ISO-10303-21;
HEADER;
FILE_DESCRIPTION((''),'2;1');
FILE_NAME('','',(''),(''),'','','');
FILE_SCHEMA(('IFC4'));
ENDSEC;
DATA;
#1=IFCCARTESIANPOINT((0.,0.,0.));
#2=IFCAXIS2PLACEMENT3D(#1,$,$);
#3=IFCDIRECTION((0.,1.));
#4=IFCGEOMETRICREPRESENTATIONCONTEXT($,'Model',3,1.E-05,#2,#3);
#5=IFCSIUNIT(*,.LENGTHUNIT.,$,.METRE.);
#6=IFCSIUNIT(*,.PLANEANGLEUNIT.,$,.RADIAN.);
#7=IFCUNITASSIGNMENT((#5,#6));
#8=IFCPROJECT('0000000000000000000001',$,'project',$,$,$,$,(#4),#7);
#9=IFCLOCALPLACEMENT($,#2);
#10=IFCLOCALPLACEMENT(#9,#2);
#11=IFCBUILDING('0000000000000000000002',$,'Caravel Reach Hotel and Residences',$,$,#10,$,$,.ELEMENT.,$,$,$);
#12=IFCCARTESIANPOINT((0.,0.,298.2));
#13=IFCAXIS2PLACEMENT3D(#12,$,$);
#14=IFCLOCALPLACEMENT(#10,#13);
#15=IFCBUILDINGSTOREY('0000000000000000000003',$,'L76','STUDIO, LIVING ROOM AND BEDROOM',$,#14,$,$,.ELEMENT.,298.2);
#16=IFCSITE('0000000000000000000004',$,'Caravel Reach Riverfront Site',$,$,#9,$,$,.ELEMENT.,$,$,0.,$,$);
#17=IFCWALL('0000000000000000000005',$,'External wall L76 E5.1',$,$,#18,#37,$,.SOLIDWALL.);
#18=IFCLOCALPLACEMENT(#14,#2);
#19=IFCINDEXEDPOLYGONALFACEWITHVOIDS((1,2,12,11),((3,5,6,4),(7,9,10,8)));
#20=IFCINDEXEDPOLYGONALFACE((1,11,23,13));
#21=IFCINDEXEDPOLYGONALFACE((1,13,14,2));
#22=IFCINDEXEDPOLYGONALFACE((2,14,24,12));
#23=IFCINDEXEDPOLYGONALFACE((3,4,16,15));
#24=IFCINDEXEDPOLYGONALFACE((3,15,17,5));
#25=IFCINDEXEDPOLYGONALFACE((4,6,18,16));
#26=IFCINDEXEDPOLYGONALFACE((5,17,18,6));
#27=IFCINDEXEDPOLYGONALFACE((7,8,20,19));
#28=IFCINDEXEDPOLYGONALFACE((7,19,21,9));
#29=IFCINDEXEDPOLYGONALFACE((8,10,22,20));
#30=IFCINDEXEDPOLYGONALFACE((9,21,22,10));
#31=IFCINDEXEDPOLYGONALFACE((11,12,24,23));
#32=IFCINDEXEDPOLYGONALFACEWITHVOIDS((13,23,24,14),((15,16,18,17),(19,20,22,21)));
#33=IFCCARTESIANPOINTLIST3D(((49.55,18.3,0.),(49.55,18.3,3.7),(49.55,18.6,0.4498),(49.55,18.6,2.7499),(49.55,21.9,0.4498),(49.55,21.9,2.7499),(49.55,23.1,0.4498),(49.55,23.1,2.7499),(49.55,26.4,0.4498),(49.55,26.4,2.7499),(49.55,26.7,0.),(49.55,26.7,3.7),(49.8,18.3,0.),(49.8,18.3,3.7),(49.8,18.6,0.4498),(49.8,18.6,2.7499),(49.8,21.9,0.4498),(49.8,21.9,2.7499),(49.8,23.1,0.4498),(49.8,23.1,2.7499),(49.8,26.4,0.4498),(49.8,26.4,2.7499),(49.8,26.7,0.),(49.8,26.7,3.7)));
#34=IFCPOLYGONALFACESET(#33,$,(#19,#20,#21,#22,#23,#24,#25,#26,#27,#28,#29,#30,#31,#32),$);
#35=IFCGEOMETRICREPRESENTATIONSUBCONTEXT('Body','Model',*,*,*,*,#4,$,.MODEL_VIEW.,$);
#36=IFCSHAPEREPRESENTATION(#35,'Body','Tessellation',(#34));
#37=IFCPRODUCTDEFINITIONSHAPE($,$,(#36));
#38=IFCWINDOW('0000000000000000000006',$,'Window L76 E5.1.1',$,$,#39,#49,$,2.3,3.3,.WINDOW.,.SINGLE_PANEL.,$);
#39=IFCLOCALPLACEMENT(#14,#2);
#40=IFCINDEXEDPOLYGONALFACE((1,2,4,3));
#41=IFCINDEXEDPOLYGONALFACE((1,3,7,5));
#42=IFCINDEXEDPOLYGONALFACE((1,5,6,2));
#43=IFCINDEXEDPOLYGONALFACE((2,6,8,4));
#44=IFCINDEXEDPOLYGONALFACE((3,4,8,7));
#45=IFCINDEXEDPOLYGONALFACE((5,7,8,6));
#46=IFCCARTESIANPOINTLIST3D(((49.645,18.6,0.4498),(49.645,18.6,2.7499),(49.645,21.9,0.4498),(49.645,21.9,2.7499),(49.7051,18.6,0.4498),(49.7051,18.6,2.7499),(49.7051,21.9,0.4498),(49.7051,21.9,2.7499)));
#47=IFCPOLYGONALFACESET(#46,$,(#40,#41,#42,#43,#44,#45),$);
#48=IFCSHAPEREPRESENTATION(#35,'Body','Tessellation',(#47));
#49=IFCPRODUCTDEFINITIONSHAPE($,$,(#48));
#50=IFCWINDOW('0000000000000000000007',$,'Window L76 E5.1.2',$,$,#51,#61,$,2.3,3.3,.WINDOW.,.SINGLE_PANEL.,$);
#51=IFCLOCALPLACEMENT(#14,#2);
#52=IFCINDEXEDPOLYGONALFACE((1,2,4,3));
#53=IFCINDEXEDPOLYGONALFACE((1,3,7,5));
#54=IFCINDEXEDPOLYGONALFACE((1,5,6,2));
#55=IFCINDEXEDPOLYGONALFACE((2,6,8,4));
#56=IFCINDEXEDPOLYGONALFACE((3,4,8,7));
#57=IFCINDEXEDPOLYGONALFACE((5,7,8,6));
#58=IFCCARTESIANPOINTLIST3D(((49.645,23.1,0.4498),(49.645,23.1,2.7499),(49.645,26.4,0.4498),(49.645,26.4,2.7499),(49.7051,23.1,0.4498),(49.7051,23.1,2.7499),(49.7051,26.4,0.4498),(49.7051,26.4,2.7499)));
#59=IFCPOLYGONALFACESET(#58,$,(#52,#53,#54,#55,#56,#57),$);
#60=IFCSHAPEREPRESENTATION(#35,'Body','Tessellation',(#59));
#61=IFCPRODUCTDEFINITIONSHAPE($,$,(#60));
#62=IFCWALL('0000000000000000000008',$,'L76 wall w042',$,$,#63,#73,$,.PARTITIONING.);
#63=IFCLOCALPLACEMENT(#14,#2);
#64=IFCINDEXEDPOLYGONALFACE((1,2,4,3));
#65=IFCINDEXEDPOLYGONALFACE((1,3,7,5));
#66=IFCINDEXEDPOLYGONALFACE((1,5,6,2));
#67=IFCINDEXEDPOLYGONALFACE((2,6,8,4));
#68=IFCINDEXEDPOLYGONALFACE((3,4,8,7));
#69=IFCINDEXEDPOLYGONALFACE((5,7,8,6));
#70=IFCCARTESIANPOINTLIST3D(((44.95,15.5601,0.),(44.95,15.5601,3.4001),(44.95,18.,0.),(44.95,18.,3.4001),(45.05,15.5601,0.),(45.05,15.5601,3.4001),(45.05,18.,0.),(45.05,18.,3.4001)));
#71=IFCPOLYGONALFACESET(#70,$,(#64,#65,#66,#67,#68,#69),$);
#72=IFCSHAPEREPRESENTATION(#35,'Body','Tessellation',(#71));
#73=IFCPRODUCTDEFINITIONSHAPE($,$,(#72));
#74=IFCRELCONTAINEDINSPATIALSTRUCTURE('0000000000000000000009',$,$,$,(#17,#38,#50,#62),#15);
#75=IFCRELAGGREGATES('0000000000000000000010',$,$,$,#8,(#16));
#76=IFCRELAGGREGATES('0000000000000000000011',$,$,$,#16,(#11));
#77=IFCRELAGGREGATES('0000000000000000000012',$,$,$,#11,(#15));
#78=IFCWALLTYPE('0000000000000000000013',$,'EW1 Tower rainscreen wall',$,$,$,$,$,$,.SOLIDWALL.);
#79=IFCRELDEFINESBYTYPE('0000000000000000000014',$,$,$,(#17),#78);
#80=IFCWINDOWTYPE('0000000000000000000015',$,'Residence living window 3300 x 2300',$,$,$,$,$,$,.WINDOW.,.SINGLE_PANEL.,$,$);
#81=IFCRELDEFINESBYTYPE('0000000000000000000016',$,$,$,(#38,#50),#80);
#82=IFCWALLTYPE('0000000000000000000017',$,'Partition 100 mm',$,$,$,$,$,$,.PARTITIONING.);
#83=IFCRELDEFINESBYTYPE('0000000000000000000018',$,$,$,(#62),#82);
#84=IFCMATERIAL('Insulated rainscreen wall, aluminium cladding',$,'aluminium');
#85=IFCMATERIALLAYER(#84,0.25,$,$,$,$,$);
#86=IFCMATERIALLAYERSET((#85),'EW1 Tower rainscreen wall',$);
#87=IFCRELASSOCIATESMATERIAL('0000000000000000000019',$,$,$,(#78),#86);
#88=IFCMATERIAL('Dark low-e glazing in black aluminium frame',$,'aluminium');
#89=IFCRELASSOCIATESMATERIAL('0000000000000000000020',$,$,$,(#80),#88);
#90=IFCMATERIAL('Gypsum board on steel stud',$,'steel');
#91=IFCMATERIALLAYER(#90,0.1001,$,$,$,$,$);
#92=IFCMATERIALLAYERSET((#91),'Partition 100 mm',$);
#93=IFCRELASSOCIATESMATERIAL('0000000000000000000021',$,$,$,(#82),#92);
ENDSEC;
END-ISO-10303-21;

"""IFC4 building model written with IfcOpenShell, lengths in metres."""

from ifc_helpers import new_model, si_unit, direction, frame, frame_2d, origin, place, context, subcontext, project, spatial, rectangle, extrude, material, layer, layer_set, type_object, element, fill, save


model = new_model("IFC4")

# Units and contexts
model_context = context("Model", 3, precision=1e-05, world=origin(), true_north=direction((0.0, 1.0)))
body_context = subcontext(model_context, "Body", "Model", "MODEL_VIEW")
ifc_project = project(units=[si_unit("LENGTHUNIT", "METRE"), si_unit("PLANEANGLEUNIT", "RADIAN")], contexts=[model_context])

# Site, building, storey
site_placement = place(None, origin())
site = spatial("IfcSite", under=ifc_project, at=site_placement, Name="Caravel Reach Riverfront Site", CompositionType="ELEMENT", RefElevation=0.0)
building_placement = place(site_placement, origin())
building = spatial("IfcBuilding", under=site, at=building_placement, Name="Caravel Reach Hotel and Residences", CompositionType="ELEMENT")
storey_placement = place(building_placement, frame((0.0, 0.0, 298.2)))
storey = spatial("IfcBuildingStorey", under=building, at=storey_placement, Name="L76", Description="STUDIO, LIVING ROOM AND BEDROOM", CompositionType="ELEMENT", Elevation=298.2)

# Shared definitions
ifc_material_1 = material(Name="Insulated rainscreen wall, aluminium cladding", Category="aluminium")
ifc_layer_1 = layer(ifc_material_1, 0.25)
ifc_layer_set_1 = layer_set([ifc_layer_1], Name="EW1 Tower rainscreen wall")
wall_type_1 = type_object("IfcWallType", Name="EW1 Tower rainscreen wall", PredefinedType="SOLIDWALL", material=ifc_layer_set_1)

# Wall, openings, windows
wall_1_placement = place(storey_placement, frame((49.675, 18.3, 0.0), z_axis=(0.0, 0.0, 1.0), x_axis=(0.0, 1.0, 0.0)))
wall_1 = element("IfcWall", 1, at=wall_1_placement, inside=storey, type_object=wall_type_1, Name="External wall L76 E5.1", PredefinedType="SOLIDWALL", context=body_context, shape_type="SweptSolid", body=[
    extrude(rectangle(XDim=8.3999, YDim=0.25, at=frame_2d((4.2, 0.0))), origin(), (0.0, 0.0, 1.0), 3.7),
])
opening_1_placement = place(wall_1_placement, frame((0.3, 0.0, 0.45)))
opening_1 = element("IfcOpeningElement", 2, at=opening_1_placement, cuts=wall_1, PredefinedType="OPENING", context=body_context, shape_type="SweptSolid", body=[
    extrude(rectangle(XDim=3.3, YDim=2.3, at=frame_2d((1.6499, 1.1499))), frame((0.0, 0.135, 0.0), z_axis=(0.0, -1.0, 0.0), x_axis=(1.0, 0.0, 0.0)), (0.0, 0.0, 1.0), 0.27),
])
opening_2_placement = place(wall_1_placement, frame((4.8, 0.0, 0.45)))
opening_2 = element("IfcOpeningElement", 3, at=opening_2_placement, cuts=wall_1, PredefinedType="OPENING", context=body_context, shape_type="SweptSolid", body=[
    extrude(rectangle(XDim=3.3, YDim=2.3, at=frame_2d((1.6499, 1.1499))), frame((0.0, 0.135, 0.0), z_axis=(0.0, -1.0, 0.0), x_axis=(1.0, 0.0, 0.0)), (0.0, 0.0, 1.0), 0.27),
])
ifc_material_2 = material(Name="Dark low-e glazing in black aluminium frame", Category="aluminium")
window_type_1 = type_object("IfcWindowType", Name="Residence living window 3300 x 2300", PartitioningType="SINGLE_PANEL", PredefinedType="WINDOW", material=ifc_material_2)
window_1_placement = place(opening_1_placement, origin())
window_1 = element("IfcWindow", 4, at=window_1_placement, inside=storey, type_object=window_type_1, Name="Window L76 E5.1.1", OverallHeight=2.3, OverallWidth=3.3, PartitioningType="SINGLE_PANEL", PredefinedType="WINDOW", context=body_context, shape_type="SweptSolid", body=[
    extrude(rectangle(XDim=3.3, YDim=2.3, at=frame_2d((1.6499, 1.1499))), frame((0.0, 0.03, 0.0), z_axis=(0.0, -1.0, 0.0), x_axis=(1.0, 0.0, 0.0)), (0.0, 0.0, 1.0), 0.0601),
])
fill(opening_1, window_1)
window_2_placement = place(opening_2_placement, origin())
window_2 = element("IfcWindow", 5, at=window_2_placement, inside=storey, type_object=window_type_1, Name="Window L76 E5.1.2", OverallHeight=2.3, OverallWidth=3.3, PartitioningType="SINGLE_PANEL", PredefinedType="WINDOW", context=body_context, shape_type="SweptSolid", body=[
    extrude(rectangle(XDim=3.3, YDim=2.3, at=frame_2d((1.6499, 1.1499))), frame((0.0, 0.03, 0.0), z_axis=(0.0, -1.0, 0.0), x_axis=(1.0, 0.0, 0.0)), (0.0, 0.0, 1.0), 0.0601),
])
fill(opening_2, window_2)

# Wall
ifc_material_3 = material(Name="Gypsum board on steel stud", Category="steel")
ifc_layer_2 = layer(ifc_material_3, 0.1001)
ifc_layer_set_2 = layer_set([ifc_layer_2], Name="Partition 100 mm")
wall_type_2 = type_object("IfcWallType", Name="Partition 100 mm", PredefinedType="PARTITIONING", material=ifc_layer_set_2)
wall_2_placement = place(storey_placement, frame((45.0, 15.5601, 0.0), z_axis=(0.0, 0.0, 1.0), x_axis=(0.0, 1.0, 0.0)))
element("IfcWall", 6, at=wall_2_placement, inside=storey, type_object=wall_type_2, Name="L76 wall w042", PredefinedType="PARTITIONING", context=body_context, shape_type="SweptSolid", body=[
    extrude(rectangle(XDim=2.4399, YDim=0.1001, at=frame_2d((1.22, 0.0))), origin(), (0.0, 0.0, 1.0), 3.4001),
])

save(model, "model.ifc")
